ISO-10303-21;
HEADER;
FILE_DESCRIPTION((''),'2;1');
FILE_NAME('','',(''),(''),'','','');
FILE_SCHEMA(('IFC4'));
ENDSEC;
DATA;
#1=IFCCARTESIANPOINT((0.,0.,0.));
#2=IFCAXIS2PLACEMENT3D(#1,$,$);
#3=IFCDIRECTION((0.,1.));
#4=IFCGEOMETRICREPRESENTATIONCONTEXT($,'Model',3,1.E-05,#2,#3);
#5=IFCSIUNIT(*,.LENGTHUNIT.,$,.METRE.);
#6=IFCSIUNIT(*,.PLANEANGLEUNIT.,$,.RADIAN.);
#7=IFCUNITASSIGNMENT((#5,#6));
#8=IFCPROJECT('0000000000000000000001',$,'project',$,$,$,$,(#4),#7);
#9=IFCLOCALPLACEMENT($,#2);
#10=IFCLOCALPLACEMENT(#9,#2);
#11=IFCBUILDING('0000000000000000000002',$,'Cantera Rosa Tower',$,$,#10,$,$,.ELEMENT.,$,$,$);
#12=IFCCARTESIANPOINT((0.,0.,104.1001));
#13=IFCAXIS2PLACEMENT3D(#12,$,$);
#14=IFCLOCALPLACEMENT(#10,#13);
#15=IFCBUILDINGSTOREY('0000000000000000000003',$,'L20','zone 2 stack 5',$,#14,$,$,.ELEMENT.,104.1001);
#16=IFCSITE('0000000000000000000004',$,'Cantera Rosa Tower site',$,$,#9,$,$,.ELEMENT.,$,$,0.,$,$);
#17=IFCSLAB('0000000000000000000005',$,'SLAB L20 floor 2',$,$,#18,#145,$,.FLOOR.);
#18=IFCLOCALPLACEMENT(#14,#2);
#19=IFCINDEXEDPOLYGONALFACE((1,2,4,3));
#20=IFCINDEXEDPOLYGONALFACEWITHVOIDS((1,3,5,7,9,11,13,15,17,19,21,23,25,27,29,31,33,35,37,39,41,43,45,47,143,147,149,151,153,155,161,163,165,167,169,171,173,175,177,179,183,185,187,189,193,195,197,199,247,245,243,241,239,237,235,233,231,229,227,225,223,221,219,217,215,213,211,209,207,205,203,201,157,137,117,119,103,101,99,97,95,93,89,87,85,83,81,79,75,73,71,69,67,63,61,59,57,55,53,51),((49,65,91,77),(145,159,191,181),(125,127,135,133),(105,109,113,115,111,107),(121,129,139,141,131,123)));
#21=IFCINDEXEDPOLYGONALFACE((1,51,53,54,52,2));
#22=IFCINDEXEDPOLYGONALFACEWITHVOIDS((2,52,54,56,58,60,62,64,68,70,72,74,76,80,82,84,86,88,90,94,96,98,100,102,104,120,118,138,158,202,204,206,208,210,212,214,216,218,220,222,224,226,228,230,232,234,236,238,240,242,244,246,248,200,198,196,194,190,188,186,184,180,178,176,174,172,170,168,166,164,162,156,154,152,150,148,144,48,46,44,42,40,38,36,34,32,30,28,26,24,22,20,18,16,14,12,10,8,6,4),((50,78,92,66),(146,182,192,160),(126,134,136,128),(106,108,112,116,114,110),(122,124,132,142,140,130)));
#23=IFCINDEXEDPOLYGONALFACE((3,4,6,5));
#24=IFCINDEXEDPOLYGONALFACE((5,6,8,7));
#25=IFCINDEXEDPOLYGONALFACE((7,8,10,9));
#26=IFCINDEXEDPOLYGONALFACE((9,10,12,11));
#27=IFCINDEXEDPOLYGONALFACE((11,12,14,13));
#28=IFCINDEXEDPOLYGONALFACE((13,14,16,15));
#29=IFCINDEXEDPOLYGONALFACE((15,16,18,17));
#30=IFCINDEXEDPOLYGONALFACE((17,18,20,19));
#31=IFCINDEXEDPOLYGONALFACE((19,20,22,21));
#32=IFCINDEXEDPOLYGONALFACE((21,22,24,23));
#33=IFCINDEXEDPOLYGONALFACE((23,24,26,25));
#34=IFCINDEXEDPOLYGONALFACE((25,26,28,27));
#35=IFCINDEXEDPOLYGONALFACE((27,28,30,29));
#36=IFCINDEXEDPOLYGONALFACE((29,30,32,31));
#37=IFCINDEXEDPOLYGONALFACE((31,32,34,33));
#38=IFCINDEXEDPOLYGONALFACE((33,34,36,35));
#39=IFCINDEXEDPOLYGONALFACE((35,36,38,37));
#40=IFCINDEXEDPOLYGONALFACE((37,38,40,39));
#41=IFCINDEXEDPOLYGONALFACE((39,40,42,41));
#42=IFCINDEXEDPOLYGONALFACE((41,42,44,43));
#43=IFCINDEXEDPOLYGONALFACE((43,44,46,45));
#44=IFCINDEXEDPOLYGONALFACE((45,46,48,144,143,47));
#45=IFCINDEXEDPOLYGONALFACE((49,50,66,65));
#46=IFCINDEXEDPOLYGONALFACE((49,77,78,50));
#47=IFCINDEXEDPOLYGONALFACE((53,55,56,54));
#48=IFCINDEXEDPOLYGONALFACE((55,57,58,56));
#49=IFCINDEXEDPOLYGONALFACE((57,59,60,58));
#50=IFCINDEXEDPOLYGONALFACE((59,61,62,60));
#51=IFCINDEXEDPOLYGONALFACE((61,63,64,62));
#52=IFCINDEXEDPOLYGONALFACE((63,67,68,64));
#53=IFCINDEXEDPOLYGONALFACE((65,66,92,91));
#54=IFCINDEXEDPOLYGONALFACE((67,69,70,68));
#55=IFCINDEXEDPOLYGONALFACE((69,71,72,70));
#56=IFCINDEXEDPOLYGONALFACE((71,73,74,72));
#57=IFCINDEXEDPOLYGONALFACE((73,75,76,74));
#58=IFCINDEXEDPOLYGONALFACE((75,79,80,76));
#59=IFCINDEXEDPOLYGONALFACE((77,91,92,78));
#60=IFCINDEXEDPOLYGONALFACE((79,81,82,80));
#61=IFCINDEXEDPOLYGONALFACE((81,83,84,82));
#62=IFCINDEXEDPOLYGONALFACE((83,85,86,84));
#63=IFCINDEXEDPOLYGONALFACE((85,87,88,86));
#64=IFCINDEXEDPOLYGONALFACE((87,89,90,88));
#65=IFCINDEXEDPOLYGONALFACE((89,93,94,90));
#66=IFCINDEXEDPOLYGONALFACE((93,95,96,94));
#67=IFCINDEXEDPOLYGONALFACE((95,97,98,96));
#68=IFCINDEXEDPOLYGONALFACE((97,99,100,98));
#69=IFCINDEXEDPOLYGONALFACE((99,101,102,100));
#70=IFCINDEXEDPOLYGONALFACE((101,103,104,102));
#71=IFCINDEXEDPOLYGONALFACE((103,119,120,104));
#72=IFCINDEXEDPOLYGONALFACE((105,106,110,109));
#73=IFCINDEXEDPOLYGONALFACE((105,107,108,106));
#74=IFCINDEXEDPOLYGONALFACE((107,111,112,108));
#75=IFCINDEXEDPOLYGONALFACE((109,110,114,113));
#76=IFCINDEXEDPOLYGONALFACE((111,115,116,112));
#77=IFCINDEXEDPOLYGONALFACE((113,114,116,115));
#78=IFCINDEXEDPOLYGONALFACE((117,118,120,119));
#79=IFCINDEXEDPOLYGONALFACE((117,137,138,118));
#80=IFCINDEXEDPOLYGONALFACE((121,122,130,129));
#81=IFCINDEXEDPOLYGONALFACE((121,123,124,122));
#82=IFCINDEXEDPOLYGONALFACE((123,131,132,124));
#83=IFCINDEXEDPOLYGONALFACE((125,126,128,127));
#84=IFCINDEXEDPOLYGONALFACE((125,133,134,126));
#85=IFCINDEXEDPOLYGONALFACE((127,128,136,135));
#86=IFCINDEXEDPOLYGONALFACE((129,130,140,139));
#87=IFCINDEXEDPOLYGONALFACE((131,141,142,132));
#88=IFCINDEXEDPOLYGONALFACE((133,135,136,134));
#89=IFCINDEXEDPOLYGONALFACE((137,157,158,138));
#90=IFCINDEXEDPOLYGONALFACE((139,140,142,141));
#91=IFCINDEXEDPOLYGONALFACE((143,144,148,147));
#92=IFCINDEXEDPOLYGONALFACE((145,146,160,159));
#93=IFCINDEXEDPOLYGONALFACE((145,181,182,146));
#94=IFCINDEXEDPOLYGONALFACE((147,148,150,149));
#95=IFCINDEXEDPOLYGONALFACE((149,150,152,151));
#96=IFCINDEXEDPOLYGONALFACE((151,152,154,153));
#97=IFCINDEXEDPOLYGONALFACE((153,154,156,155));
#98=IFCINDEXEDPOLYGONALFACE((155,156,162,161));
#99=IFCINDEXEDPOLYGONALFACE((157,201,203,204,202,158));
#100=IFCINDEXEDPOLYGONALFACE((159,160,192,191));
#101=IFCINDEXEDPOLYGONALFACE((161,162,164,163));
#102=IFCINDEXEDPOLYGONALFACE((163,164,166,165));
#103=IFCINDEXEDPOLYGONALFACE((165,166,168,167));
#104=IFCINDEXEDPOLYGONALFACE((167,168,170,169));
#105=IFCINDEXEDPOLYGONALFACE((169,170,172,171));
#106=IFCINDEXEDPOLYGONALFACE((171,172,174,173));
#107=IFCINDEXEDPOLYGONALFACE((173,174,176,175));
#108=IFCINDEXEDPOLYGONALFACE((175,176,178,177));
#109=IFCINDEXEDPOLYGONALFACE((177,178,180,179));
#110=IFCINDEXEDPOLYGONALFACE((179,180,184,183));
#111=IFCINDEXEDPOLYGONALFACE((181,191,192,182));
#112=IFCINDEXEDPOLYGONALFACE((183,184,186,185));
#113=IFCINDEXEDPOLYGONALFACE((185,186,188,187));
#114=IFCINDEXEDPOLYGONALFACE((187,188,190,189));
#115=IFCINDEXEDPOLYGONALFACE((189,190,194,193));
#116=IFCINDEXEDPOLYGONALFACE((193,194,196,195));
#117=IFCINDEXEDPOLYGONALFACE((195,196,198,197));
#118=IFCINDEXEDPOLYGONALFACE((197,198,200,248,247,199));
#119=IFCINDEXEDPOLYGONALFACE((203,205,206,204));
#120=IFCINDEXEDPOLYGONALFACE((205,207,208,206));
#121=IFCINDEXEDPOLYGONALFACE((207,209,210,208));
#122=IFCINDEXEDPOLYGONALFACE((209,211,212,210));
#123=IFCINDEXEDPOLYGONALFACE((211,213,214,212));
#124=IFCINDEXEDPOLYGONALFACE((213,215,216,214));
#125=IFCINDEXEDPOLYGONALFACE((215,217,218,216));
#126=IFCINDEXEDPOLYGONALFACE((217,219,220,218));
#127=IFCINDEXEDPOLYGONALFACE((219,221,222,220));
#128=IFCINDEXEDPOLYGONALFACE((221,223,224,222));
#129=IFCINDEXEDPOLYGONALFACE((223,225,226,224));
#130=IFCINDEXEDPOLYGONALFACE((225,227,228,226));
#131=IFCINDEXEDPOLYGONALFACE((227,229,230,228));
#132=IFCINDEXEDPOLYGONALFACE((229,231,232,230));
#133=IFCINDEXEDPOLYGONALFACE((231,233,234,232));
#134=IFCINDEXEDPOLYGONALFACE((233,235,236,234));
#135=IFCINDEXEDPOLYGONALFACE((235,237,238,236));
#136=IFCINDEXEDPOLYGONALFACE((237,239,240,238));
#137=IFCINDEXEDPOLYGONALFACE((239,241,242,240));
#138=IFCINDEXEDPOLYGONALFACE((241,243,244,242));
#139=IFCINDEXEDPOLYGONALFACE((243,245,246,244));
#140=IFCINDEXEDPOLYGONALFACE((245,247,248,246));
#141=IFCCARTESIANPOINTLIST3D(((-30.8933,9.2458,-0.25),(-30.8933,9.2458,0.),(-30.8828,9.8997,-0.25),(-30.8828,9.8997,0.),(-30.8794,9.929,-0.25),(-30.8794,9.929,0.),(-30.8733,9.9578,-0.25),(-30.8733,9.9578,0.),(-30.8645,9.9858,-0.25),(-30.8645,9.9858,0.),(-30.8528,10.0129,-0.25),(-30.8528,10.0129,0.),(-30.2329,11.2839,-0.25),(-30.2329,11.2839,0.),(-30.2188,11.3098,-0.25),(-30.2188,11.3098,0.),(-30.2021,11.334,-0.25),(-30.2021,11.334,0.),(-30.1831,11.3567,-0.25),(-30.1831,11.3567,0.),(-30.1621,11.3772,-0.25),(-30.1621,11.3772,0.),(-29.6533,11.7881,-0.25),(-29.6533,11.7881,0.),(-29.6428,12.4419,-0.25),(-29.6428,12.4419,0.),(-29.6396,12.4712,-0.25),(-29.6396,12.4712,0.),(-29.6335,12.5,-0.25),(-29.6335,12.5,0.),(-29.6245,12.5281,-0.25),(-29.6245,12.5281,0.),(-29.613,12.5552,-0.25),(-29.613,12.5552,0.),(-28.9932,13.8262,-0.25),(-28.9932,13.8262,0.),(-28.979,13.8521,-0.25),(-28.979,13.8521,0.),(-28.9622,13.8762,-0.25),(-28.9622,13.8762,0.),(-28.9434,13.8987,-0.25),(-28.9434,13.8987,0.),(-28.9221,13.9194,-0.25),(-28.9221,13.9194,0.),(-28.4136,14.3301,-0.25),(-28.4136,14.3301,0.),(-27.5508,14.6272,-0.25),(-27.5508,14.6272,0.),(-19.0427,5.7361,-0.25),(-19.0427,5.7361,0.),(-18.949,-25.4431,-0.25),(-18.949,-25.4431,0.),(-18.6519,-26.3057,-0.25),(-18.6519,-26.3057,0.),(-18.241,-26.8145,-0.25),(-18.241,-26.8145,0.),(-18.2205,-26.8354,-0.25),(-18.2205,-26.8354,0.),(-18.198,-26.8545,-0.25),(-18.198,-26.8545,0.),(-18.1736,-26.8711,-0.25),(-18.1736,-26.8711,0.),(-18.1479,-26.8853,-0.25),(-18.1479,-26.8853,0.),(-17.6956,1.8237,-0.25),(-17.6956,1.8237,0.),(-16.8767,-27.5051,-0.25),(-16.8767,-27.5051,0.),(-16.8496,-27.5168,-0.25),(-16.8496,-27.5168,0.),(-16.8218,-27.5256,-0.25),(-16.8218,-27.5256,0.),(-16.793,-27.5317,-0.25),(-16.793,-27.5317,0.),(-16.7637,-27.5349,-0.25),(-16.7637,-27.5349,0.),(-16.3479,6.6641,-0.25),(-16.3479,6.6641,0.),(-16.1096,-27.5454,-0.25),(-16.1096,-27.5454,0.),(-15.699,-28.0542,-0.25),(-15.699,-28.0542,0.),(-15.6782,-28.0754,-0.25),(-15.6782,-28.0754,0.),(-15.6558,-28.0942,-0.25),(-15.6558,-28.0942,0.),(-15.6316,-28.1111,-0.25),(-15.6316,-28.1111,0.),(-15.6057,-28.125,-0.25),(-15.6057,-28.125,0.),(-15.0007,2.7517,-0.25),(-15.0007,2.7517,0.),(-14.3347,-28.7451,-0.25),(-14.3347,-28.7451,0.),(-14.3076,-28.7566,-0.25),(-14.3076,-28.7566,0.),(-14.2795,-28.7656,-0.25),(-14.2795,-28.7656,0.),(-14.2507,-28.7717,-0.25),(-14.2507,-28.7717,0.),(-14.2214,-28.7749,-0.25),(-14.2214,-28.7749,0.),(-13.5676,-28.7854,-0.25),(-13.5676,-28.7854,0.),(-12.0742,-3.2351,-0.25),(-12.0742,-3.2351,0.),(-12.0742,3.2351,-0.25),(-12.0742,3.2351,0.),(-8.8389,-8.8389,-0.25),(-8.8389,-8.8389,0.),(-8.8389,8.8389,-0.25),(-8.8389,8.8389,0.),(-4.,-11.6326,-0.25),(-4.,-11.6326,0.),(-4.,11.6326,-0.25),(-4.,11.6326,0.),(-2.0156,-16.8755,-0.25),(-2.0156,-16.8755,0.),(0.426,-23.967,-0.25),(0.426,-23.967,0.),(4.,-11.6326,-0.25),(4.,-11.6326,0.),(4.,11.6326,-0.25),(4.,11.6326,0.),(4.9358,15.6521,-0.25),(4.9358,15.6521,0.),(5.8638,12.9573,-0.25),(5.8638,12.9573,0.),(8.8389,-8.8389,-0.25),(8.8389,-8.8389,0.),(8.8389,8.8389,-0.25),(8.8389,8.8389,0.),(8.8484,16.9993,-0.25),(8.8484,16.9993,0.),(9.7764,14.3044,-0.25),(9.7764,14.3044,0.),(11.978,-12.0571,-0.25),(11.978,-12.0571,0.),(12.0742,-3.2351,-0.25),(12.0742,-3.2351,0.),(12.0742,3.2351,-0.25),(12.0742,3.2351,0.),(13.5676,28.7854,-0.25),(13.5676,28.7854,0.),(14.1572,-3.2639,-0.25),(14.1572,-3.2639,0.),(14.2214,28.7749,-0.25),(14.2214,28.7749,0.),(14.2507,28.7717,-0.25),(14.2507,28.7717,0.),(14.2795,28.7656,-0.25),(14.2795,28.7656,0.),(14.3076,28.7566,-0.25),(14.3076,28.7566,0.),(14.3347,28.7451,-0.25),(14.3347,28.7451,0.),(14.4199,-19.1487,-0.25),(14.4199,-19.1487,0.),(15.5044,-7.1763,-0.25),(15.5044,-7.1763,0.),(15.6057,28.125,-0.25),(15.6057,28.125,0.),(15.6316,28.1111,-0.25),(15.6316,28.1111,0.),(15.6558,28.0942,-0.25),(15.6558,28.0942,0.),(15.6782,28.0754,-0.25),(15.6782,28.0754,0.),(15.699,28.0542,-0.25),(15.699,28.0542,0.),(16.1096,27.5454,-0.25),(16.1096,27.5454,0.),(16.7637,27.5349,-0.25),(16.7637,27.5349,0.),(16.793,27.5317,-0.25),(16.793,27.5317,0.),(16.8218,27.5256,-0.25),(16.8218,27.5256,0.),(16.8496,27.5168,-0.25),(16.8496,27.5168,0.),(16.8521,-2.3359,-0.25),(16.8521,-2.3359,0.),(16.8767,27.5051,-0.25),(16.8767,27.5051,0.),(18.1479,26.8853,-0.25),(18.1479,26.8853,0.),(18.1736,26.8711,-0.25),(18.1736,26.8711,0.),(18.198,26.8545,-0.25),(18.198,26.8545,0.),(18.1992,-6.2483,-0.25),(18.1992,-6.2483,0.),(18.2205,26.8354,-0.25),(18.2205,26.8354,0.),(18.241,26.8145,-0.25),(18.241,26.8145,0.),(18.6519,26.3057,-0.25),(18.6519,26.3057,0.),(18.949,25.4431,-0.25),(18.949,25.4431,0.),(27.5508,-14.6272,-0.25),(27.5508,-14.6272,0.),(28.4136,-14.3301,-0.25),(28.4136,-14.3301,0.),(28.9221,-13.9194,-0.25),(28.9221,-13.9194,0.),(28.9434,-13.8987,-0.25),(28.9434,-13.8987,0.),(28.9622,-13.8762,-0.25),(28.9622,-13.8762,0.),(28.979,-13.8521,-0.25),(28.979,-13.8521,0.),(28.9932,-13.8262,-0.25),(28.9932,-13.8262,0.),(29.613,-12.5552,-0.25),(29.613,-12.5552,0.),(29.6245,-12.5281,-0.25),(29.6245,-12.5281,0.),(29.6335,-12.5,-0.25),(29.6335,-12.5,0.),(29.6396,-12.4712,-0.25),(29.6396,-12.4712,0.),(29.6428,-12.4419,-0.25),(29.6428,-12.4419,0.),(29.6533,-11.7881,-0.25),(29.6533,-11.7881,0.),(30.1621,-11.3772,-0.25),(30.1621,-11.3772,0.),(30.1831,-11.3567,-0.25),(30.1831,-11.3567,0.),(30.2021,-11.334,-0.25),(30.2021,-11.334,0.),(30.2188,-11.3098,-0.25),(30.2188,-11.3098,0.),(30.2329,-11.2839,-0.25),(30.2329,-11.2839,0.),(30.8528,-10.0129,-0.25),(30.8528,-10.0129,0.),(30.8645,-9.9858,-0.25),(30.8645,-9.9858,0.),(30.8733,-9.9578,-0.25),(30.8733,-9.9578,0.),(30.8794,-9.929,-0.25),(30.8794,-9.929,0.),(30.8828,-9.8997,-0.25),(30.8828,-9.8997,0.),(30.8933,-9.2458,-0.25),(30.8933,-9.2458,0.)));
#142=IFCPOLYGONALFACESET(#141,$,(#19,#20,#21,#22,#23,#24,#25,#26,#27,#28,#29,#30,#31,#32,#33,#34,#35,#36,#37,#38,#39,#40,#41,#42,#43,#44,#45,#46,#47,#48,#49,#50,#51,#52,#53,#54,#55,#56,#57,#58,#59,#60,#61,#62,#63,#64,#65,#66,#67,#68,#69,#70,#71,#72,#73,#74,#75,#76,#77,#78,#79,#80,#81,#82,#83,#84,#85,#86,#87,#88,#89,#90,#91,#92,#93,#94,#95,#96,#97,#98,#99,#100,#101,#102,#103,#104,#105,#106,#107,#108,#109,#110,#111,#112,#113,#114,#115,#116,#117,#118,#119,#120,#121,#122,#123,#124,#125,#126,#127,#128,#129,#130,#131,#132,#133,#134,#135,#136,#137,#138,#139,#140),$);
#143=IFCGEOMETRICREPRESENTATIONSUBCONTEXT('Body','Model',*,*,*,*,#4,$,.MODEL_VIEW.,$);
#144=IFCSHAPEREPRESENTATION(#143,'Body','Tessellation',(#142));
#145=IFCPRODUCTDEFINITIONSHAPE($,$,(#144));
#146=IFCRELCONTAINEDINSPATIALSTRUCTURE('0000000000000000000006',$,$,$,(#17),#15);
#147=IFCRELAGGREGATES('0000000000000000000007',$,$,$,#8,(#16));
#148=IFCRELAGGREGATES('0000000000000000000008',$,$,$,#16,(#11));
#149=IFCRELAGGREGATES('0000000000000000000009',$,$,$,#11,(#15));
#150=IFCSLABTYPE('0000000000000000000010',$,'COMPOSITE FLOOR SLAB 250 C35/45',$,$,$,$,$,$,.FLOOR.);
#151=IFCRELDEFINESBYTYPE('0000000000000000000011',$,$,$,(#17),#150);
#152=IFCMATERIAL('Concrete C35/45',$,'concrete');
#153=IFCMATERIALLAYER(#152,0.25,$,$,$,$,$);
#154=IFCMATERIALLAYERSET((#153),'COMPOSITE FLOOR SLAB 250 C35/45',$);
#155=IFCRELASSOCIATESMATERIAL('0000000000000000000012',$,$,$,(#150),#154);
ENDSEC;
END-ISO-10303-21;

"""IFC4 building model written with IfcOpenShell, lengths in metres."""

from ifc_helpers import new_model, si_unit, direction, frame, origin, place, context, subcontext, project, spatial, polyline, outline, extrude, material, layer, layer_set, type_object, element, save


model = new_model("IFC4")

# Units and contexts
model_context = context("Model", 3, precision=1e-05, world=origin(), true_north=direction((0.0, 1.0)))
body_context = subcontext(model_context, "Body", "Model", "MODEL_VIEW")
ifc_project = project(units=[si_unit("LENGTHUNIT", "METRE"), si_unit("PLANEANGLEUNIT", "RADIAN")], contexts=[model_context])

# Site, building, storey
site_placement = place(None, origin())
site = spatial("IfcSite", under=ifc_project, at=site_placement, Name="Cantera Rosa Tower site", CompositionType="ELEMENT", RefElevation=0.0)
building_placement = place(site_placement, origin())
building = spatial("IfcBuilding", under=site, at=building_placement, Name="Cantera Rosa Tower", CompositionType="ELEMENT")
storey_placement = place(building_placement, frame((0.0, 0.0, 104.1001)))
storey = spatial("IfcBuildingStorey", under=building, at=storey_placement, Name="L20", Description="zone 2 stack 5", CompositionType="ELEMENT", Elevation=104.1001)

# Slab
ifc_material_1 = material(Name="Concrete C35/45", Category="concrete")
ifc_layer_1 = layer(ifc_material_1, 0.25)
ifc_layer_set_1 = layer_set([ifc_layer_1], Name="COMPOSITE FLOOR SLAB 250 C35/45")
slab_type_1 = type_object("IfcSlabType", Name="COMPOSITE FLOOR SLAB 250 C35/45", PredefinedType="FLOOR", material=ifc_layer_set_1)
slab_1_placement = place(storey_placement, frame((0.0, 0.0, -0.25)))
element("IfcSlab", 1, at=slab_1_placement, inside=storey, type_object=slab_type_1, Name="SLAB L20 floor 2", PredefinedType="FLOOR", context=body_context, shape_type="SweptSolid", body=[
    extrude(outline(polyline([(-14.3347, -28.7451), (-15.6057, -28.125), (-15.6316, -28.1111), (-15.6558, -28.0942), (-15.6782, -28.0754), (-15.699, -28.0542), (-16.1096, -27.5454), (-16.7637, -27.5349), (-16.793, -27.5317), (-16.8218, -27.5256), (-16.8496, -27.5168), (-16.8767, -27.5051), (-18.1479, -26.8853), (-18.1736, -26.8711), (-18.198, -26.8545), (-18.2205, -26.8354), (-18.241, -26.8145), (-18.6519, -26.3057), (-18.949, -25.4431), (-30.8933, 9.2458), (-30.8828, 9.8997), (-30.8794, 9.929), (-30.8733, 9.9578), (-30.8645, 9.9858), (-30.8528, 10.0129), (-30.2329, 11.2839), (-30.2188, 11.3098), (-30.2021, 11.334), (-30.1831, 11.3567), (-30.1621, 11.3772), (-29.6533, 11.7881), (-29.6428, 12.4419), (-29.6396, 12.4712), (-29.6335, 12.5), (-29.6245, 12.5281), (-29.613, 12.5552), (-28.9932, 13.8262), (-28.979, 13.8521), (-28.9622, 13.8762), (-28.9434, 13.8987), (-28.9221, 13.9194), (-28.4136, 14.3301), (-27.5508, 14.6272), (13.5676, 28.7854), (14.2214, 28.7749), (14.2507, 28.7717), (14.2795, 28.7656), (14.3076, 28.7566), (14.3347, 28.7451), (15.6057, 28.125), (15.6316, 28.1111), (15.6558, 28.0942), (15.6782, 28.0754), (15.699, 28.0542), (16.1096, 27.5454), (16.7637, 27.5349), (16.793, 27.5317), (16.8218, 27.5256), (16.8496, 27.5168), (16.8767, 27.5051), (18.1479, 26.8853), (18.1736, 26.8711), (18.198, 26.8545), (18.2205, 26.8354), (18.241, 26.8145), (18.6519, 26.3057), (18.949, 25.4431), (30.8933, -9.2458), (30.8828, -9.8997), (30.8794, -9.929), (30.8733, -9.9578), (30.8645, -9.9858), (30.8528, -10.0129), (30.2329, -11.2839), (30.2188, -11.3098), (30.2021, -11.334), (30.1831, -11.3567), (30.1621, -11.3772), (29.6533, -11.7881), (29.6428, -12.4419), (29.6396, -12.4712), (29.6335, -12.5), (29.6245, -12.5281), (29.613, -12.5552), (28.9932, -13.8262), (28.979, -13.8521), (28.9622, -13.8762), (28.9434, -13.8987), (28.9221, -13.9194), (28.4136, -14.3301), (27.5508, -14.6272), (14.4199, -19.1487), (11.978, -12.0571), (-2.0156, -16.8755), (0.426, -23.967), (-13.5676, -28.7854), (-14.2214, -28.7749), (-14.2507, -28.7717), (-14.2795, -28.7656), (-14.3076, -28.7566), (-14.3347, -28.7451)]), holes=[polyline([(-8.8389, 8.8389), (-12.0742, 3.2351), (-12.0742, -3.2351), (-8.8389, -8.8389), (-4.0, -11.6326), (-4.0, 11.6326), (-8.8389, 8.8389)]), polyline([(-17.6956, 1.8237), (-15.0007, 2.7517), (-16.3479, 6.6641), (-19.0427, 5.7361), (-17.6956, 1.8237)]), polyline([(15.5044, -7.1763), (18.1992, -6.2483), (16.8521, -2.3359), (14.1572, -3.2639), (15.5044, -7.1763)]), polyline([(4.0, -11.6326), (8.8389, -8.8389), (12.0742, -3.2351), (12.0742, 3.2351), (8.8389, 8.8389), (4.0, 11.6326), (4.0, -11.6326)]), polyline([(9.7764, 14.3044), (8.8484, 16.9993), (4.9358, 15.6521), (5.8638, 12.9573), (9.7764, 14.3044)])]), origin(), (0.0, 0.0, 1.0), 0.25),
])

save(model, "model.ifc")
